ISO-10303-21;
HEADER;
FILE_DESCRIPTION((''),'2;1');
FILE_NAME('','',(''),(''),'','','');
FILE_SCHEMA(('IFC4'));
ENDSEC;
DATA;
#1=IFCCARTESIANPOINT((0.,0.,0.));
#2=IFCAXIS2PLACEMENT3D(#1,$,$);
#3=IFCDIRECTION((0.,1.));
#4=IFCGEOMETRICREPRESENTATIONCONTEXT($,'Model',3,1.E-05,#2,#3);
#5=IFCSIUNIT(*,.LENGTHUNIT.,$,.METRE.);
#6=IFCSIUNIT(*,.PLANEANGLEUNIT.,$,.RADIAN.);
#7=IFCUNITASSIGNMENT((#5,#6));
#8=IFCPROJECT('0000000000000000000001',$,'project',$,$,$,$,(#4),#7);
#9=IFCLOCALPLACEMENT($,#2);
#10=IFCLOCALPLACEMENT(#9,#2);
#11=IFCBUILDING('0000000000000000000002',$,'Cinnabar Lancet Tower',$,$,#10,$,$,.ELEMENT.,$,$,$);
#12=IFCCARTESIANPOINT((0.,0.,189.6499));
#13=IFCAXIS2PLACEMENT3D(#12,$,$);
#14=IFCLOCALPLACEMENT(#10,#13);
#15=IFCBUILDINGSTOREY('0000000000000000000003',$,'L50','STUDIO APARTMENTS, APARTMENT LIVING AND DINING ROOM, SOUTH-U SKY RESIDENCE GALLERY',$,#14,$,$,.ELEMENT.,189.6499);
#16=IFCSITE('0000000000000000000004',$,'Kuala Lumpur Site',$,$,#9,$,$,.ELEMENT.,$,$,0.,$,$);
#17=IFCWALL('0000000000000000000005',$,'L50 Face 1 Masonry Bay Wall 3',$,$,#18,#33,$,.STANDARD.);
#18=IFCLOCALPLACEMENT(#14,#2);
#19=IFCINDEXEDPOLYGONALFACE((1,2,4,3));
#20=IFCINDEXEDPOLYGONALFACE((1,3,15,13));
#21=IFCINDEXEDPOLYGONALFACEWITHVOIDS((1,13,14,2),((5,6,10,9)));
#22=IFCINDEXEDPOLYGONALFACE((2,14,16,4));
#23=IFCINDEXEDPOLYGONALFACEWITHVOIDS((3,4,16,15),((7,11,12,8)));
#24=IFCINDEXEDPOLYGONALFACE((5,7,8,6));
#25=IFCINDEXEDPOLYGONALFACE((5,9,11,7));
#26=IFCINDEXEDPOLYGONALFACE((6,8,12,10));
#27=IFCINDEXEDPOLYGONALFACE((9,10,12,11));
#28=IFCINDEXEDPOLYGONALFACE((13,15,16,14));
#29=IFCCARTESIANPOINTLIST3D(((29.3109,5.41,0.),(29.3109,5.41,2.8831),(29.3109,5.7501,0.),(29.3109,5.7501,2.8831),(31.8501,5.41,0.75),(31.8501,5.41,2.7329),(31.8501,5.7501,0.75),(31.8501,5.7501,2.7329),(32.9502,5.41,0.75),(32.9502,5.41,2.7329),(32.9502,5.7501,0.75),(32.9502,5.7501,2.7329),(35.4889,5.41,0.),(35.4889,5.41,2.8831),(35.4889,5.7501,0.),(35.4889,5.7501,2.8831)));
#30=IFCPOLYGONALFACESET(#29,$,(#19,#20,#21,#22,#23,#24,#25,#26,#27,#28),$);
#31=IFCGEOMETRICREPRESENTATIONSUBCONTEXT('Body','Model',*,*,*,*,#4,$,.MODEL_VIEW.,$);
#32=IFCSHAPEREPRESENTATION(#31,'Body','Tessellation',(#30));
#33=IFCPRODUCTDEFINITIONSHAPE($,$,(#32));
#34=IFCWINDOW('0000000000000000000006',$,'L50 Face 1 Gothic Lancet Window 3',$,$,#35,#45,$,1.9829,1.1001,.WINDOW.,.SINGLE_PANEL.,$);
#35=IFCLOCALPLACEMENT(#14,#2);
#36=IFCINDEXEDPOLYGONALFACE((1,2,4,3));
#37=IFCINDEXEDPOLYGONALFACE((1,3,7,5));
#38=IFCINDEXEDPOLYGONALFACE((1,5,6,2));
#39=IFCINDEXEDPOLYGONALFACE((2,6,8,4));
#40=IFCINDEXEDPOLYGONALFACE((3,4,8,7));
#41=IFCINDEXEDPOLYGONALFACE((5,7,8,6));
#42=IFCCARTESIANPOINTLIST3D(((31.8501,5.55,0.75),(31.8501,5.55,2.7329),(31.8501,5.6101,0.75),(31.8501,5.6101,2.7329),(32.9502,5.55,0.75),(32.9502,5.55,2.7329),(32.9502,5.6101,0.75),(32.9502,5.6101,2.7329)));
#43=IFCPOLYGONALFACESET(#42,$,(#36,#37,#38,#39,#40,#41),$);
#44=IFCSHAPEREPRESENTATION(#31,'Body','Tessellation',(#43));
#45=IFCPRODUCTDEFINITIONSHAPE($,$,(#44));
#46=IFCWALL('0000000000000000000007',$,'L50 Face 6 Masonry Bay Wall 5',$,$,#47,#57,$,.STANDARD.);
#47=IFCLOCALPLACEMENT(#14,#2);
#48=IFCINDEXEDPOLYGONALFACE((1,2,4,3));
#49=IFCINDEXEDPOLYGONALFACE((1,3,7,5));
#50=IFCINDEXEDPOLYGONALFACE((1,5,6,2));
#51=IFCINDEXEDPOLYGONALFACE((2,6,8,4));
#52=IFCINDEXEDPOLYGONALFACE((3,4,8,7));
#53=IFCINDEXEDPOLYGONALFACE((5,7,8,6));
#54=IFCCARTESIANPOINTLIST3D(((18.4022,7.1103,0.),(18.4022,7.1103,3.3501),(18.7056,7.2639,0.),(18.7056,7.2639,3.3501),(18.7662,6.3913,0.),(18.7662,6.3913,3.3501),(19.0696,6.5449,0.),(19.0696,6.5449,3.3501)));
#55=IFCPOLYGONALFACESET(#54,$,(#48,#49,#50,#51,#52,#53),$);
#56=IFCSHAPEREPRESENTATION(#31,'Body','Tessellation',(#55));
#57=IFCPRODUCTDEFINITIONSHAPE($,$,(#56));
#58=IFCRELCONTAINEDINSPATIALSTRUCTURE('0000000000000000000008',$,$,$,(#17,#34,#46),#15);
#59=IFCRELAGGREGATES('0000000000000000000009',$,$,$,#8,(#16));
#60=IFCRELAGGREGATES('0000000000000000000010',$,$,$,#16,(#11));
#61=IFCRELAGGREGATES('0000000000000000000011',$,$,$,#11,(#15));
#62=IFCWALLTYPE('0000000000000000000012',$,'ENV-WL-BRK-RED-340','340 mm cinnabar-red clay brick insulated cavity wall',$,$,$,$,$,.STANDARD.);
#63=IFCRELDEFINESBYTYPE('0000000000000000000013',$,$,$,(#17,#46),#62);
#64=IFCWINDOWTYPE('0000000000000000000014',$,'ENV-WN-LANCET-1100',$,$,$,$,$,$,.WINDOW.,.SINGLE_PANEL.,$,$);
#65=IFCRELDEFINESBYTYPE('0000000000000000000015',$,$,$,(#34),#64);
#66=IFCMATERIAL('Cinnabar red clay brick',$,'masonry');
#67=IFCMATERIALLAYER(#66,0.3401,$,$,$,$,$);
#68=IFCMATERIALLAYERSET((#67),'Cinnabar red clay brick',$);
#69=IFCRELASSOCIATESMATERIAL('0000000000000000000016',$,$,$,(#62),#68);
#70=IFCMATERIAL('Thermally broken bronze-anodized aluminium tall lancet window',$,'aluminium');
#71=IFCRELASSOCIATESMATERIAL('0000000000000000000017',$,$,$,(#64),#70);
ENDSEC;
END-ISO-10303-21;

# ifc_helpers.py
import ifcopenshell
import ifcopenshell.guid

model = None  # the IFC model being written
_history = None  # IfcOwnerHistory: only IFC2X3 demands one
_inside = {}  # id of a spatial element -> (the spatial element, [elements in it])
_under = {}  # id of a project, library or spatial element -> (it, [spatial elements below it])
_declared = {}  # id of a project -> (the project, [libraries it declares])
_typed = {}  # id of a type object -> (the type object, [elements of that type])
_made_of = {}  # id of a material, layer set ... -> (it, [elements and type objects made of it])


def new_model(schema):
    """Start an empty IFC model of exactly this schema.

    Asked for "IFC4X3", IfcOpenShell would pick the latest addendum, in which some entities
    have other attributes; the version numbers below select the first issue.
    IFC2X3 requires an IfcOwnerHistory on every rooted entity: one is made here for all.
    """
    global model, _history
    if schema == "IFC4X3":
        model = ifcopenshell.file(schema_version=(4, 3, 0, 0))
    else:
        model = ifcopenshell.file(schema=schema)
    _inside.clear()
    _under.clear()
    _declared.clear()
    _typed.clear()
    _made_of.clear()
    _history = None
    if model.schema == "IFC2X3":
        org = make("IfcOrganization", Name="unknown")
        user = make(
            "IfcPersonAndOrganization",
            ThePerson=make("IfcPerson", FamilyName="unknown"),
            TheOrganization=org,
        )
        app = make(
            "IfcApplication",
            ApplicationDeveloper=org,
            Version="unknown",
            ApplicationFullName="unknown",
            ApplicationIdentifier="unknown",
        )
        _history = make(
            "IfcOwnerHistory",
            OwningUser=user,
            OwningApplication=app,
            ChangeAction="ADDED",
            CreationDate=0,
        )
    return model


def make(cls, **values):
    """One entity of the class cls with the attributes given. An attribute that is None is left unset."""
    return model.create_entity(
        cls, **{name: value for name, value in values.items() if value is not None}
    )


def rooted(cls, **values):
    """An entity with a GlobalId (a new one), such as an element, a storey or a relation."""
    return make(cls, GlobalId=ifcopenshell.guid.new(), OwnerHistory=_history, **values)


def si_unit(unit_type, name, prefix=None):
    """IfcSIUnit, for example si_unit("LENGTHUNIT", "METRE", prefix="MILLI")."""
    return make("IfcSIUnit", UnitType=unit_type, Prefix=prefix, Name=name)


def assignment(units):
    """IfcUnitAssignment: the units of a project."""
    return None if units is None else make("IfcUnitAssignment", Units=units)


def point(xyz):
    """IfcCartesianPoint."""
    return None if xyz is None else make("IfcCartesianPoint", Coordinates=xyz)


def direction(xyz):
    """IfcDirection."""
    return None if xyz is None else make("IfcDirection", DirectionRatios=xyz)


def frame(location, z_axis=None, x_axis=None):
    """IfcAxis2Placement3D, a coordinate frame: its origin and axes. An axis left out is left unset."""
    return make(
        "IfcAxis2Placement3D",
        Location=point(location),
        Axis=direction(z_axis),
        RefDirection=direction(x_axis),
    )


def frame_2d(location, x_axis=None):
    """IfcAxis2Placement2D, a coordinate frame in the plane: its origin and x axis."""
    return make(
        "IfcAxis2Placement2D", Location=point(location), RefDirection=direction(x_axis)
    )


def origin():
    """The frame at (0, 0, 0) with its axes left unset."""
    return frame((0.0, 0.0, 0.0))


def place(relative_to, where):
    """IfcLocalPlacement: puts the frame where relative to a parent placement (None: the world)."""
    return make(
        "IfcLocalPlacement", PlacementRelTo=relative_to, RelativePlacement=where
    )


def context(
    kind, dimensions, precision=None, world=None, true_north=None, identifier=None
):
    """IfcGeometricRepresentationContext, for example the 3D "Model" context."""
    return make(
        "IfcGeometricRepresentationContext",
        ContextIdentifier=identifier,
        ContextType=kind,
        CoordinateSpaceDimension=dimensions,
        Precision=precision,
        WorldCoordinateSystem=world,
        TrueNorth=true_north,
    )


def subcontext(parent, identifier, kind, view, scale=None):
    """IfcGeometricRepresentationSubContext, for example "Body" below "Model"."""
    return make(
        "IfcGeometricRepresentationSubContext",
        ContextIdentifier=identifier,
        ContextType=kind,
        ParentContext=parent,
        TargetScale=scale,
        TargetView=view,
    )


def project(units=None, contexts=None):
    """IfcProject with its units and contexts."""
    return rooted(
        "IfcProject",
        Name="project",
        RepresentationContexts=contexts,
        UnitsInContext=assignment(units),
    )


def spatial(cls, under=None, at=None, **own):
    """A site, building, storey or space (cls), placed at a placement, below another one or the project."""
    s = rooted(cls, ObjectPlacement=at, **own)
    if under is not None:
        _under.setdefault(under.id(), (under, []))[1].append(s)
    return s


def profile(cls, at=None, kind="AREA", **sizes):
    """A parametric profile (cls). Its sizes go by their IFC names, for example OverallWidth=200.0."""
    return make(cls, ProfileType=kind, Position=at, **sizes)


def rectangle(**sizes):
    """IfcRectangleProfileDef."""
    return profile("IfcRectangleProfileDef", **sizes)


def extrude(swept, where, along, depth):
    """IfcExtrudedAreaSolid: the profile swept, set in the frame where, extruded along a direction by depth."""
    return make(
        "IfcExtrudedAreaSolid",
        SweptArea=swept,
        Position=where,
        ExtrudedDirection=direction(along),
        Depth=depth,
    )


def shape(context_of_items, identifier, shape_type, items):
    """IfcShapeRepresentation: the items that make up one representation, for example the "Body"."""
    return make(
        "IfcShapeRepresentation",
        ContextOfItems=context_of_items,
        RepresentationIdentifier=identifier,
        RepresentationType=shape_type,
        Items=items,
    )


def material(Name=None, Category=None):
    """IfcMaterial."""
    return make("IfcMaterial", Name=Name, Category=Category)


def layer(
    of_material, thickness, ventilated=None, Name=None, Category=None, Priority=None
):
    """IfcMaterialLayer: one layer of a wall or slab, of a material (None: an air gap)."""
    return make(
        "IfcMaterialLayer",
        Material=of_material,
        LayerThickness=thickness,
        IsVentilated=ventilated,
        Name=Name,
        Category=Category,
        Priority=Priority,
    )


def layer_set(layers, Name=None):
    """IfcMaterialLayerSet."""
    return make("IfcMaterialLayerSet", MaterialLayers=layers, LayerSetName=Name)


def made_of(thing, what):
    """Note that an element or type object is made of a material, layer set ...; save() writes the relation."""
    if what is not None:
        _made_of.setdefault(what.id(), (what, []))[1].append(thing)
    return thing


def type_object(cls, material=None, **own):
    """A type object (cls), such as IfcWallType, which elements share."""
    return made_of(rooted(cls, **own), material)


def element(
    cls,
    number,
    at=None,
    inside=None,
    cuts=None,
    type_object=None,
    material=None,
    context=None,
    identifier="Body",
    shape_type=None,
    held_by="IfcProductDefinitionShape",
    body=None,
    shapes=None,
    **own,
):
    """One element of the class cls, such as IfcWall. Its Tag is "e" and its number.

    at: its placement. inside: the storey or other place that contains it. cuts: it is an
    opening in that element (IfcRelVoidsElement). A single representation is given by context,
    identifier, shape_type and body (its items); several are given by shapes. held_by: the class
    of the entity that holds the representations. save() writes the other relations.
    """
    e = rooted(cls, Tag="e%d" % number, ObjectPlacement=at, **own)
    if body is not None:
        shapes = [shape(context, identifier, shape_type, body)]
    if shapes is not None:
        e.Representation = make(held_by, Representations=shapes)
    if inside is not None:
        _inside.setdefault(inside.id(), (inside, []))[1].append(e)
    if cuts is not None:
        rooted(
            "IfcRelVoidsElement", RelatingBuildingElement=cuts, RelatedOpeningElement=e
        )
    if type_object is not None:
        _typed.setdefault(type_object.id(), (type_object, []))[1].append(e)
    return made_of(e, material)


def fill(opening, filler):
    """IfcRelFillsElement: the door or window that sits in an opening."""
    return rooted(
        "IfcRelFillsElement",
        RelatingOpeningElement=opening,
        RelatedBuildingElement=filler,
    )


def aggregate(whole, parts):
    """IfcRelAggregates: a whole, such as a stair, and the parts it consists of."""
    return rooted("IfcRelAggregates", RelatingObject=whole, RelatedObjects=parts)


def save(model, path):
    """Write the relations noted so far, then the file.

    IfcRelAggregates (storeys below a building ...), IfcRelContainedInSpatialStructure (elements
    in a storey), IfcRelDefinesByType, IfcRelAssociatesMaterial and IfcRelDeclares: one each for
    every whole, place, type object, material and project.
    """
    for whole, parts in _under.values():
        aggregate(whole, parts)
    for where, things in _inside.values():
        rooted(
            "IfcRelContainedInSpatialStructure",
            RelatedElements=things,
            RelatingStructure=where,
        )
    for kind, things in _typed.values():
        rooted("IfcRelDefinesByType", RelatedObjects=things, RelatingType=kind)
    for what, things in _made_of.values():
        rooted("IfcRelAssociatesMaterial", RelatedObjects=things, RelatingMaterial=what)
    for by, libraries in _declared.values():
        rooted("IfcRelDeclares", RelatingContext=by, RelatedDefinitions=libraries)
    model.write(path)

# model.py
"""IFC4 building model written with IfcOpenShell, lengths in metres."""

from ifc_helpers import new_model, si_unit, direction, frame, frame_2d, origin, place, context, subcontext, project, spatial, rectangle, extrude, material, layer, layer_set, type_object, element, fill, save


model = new_model("IFC4")

# Units and contexts
model_context = context("Model", 3, precision=1e-05, world=origin(), true_north=direction((0.0, 1.0)))
body_context = subcontext(model_context, "Body", "Model", "MODEL_VIEW")
ifc_project = project(units=[si_unit("LENGTHUNIT", "METRE"), si_unit("PLANEANGLEUNIT", "RADIAN")], contexts=[model_context])

# Site, building, storey
site_placement = place(None, origin())
site = spatial("IfcSite", under=ifc_project, at=site_placement, Name="Kuala Lumpur Site", CompositionType="ELEMENT", RefElevation=0.0)
building_placement = place(site_placement, origin())
building = spatial("IfcBuilding", under=site, at=building_placement, Name="Cinnabar Lancet Tower", CompositionType="ELEMENT")
storey_placement = place(building_placement, frame((0.0, 0.0, 189.6499)))
storey = spatial("IfcBuildingStorey", under=building, at=storey_placement, Name="L50", Description="STUDIO APARTMENTS, APARTMENT LIVING AND DINING ROOM, SOUTH-U SKY RESIDENCE GALLERY", CompositionType="ELEMENT", Elevation=189.6499)

# Shared definitions
ifc_material_1 = material(Name="Cinnabar red clay brick", Category="masonry")
ifc_layer_1 = layer(ifc_material_1, 0.3401)
ifc_layer_set_1 = layer_set([ifc_layer_1], Name="Cinnabar red clay brick")
wall_type_1 = type_object("IfcWallType", Name="ENV-WL-BRK-RED-340", Description="340 mm cinnabar-red clay brick insulated cavity wall", PredefinedType="STANDARD", material=ifc_layer_set_1)

# Wall, opening, window
wall_1_placement = place(storey_placement, frame((29.311, 5.5801, 0.0), z_axis=(0.0, 0.0, 1.0), x_axis=(1.0, 0.0, 0.0)))
wall_1 = element("IfcWall", 1, at=wall_1_placement, inside=storey, type_object=wall_type_1, Name="L50 Face 1 Masonry Bay Wall 3", PredefinedType="STANDARD", context=body_context, shape_type="SweptSolid", body=[
    extrude(rectangle(XDim=6.178, YDim=0.3401, at=frame_2d((3.0889, 0.0))), origin(), (0.0, 0.0, 1.0), 2.8831),
])
opening_1_placement = place(wall_1_placement, frame((2.5391, 0.0, 0.75)))
opening_1 = element("IfcOpeningElement", 2, at=opening_1_placement, cuts=wall_1, PredefinedType="OPENING", context=body_context, shape_type="SweptSolid", body=[
    extrude(rectangle(XDim=1.1001, YDim=1.9829, at=frame_2d((0.55, 0.9915))), frame((0.0, 0.1799, 0.0), z_axis=(0.0, -1.0, 0.0), x_axis=(1.0, 0.0, 0.0)), (0.0, 0.0, 1.0), 0.3601),
])
ifc_material_2 = material(Name="Thermally broken bronze-anodized aluminium tall lancet window", Category="aluminium")
window_type_1 = type_object("IfcWindowType", Name="ENV-WN-LANCET-1100", PartitioningType="SINGLE_PANEL", PredefinedType="WINDOW", material=ifc_material_2)
window_1_placement = place(opening_1_placement, origin())
window_1 = element("IfcWindow", 3, at=window_1_placement, inside=storey, type_object=window_type_1, Name="L50 Face 1 Gothic Lancet Window 3", OverallHeight=1.9829, OverallWidth=1.1001, PartitioningType="SINGLE_PANEL", PredefinedType="WINDOW", context=body_context, shape_type="SweptSolid", body=[
    extrude(rectangle(XDim=1.1001, YDim=1.9829, at=frame_2d((0.55, 0.9915))), frame((0.0, 0.03, 0.0), z_axis=(0.0, -1.0, 0.0), x_axis=(1.0, 0.0, 0.0)), (0.0, 0.0, 1.0), 0.0601),
])
fill(opening_1, window_1)

# Wall
wall_2_placement = place(storey_placement, frame((18.554, 7.187, 0.0), z_axis=(0.0, 0.0, 1.0), x_axis=(0.451692, -0.892174, 0.0)))
element("IfcWall", 4, at=wall_2_placement, inside=storey, type_object=wall_type_1, Name="L50 Face 6 Masonry Bay Wall 5", PredefinedType="STANDARD", context=body_context, shape_type="SweptSolid", body=[
    extrude(rectangle(XDim=0.8059, YDim=0.3401, at=frame_2d((0.4028, 0.0))), origin(), (0.0, 0.0, 1.0), 3.3501),
])

save(model, "model.ifc")
